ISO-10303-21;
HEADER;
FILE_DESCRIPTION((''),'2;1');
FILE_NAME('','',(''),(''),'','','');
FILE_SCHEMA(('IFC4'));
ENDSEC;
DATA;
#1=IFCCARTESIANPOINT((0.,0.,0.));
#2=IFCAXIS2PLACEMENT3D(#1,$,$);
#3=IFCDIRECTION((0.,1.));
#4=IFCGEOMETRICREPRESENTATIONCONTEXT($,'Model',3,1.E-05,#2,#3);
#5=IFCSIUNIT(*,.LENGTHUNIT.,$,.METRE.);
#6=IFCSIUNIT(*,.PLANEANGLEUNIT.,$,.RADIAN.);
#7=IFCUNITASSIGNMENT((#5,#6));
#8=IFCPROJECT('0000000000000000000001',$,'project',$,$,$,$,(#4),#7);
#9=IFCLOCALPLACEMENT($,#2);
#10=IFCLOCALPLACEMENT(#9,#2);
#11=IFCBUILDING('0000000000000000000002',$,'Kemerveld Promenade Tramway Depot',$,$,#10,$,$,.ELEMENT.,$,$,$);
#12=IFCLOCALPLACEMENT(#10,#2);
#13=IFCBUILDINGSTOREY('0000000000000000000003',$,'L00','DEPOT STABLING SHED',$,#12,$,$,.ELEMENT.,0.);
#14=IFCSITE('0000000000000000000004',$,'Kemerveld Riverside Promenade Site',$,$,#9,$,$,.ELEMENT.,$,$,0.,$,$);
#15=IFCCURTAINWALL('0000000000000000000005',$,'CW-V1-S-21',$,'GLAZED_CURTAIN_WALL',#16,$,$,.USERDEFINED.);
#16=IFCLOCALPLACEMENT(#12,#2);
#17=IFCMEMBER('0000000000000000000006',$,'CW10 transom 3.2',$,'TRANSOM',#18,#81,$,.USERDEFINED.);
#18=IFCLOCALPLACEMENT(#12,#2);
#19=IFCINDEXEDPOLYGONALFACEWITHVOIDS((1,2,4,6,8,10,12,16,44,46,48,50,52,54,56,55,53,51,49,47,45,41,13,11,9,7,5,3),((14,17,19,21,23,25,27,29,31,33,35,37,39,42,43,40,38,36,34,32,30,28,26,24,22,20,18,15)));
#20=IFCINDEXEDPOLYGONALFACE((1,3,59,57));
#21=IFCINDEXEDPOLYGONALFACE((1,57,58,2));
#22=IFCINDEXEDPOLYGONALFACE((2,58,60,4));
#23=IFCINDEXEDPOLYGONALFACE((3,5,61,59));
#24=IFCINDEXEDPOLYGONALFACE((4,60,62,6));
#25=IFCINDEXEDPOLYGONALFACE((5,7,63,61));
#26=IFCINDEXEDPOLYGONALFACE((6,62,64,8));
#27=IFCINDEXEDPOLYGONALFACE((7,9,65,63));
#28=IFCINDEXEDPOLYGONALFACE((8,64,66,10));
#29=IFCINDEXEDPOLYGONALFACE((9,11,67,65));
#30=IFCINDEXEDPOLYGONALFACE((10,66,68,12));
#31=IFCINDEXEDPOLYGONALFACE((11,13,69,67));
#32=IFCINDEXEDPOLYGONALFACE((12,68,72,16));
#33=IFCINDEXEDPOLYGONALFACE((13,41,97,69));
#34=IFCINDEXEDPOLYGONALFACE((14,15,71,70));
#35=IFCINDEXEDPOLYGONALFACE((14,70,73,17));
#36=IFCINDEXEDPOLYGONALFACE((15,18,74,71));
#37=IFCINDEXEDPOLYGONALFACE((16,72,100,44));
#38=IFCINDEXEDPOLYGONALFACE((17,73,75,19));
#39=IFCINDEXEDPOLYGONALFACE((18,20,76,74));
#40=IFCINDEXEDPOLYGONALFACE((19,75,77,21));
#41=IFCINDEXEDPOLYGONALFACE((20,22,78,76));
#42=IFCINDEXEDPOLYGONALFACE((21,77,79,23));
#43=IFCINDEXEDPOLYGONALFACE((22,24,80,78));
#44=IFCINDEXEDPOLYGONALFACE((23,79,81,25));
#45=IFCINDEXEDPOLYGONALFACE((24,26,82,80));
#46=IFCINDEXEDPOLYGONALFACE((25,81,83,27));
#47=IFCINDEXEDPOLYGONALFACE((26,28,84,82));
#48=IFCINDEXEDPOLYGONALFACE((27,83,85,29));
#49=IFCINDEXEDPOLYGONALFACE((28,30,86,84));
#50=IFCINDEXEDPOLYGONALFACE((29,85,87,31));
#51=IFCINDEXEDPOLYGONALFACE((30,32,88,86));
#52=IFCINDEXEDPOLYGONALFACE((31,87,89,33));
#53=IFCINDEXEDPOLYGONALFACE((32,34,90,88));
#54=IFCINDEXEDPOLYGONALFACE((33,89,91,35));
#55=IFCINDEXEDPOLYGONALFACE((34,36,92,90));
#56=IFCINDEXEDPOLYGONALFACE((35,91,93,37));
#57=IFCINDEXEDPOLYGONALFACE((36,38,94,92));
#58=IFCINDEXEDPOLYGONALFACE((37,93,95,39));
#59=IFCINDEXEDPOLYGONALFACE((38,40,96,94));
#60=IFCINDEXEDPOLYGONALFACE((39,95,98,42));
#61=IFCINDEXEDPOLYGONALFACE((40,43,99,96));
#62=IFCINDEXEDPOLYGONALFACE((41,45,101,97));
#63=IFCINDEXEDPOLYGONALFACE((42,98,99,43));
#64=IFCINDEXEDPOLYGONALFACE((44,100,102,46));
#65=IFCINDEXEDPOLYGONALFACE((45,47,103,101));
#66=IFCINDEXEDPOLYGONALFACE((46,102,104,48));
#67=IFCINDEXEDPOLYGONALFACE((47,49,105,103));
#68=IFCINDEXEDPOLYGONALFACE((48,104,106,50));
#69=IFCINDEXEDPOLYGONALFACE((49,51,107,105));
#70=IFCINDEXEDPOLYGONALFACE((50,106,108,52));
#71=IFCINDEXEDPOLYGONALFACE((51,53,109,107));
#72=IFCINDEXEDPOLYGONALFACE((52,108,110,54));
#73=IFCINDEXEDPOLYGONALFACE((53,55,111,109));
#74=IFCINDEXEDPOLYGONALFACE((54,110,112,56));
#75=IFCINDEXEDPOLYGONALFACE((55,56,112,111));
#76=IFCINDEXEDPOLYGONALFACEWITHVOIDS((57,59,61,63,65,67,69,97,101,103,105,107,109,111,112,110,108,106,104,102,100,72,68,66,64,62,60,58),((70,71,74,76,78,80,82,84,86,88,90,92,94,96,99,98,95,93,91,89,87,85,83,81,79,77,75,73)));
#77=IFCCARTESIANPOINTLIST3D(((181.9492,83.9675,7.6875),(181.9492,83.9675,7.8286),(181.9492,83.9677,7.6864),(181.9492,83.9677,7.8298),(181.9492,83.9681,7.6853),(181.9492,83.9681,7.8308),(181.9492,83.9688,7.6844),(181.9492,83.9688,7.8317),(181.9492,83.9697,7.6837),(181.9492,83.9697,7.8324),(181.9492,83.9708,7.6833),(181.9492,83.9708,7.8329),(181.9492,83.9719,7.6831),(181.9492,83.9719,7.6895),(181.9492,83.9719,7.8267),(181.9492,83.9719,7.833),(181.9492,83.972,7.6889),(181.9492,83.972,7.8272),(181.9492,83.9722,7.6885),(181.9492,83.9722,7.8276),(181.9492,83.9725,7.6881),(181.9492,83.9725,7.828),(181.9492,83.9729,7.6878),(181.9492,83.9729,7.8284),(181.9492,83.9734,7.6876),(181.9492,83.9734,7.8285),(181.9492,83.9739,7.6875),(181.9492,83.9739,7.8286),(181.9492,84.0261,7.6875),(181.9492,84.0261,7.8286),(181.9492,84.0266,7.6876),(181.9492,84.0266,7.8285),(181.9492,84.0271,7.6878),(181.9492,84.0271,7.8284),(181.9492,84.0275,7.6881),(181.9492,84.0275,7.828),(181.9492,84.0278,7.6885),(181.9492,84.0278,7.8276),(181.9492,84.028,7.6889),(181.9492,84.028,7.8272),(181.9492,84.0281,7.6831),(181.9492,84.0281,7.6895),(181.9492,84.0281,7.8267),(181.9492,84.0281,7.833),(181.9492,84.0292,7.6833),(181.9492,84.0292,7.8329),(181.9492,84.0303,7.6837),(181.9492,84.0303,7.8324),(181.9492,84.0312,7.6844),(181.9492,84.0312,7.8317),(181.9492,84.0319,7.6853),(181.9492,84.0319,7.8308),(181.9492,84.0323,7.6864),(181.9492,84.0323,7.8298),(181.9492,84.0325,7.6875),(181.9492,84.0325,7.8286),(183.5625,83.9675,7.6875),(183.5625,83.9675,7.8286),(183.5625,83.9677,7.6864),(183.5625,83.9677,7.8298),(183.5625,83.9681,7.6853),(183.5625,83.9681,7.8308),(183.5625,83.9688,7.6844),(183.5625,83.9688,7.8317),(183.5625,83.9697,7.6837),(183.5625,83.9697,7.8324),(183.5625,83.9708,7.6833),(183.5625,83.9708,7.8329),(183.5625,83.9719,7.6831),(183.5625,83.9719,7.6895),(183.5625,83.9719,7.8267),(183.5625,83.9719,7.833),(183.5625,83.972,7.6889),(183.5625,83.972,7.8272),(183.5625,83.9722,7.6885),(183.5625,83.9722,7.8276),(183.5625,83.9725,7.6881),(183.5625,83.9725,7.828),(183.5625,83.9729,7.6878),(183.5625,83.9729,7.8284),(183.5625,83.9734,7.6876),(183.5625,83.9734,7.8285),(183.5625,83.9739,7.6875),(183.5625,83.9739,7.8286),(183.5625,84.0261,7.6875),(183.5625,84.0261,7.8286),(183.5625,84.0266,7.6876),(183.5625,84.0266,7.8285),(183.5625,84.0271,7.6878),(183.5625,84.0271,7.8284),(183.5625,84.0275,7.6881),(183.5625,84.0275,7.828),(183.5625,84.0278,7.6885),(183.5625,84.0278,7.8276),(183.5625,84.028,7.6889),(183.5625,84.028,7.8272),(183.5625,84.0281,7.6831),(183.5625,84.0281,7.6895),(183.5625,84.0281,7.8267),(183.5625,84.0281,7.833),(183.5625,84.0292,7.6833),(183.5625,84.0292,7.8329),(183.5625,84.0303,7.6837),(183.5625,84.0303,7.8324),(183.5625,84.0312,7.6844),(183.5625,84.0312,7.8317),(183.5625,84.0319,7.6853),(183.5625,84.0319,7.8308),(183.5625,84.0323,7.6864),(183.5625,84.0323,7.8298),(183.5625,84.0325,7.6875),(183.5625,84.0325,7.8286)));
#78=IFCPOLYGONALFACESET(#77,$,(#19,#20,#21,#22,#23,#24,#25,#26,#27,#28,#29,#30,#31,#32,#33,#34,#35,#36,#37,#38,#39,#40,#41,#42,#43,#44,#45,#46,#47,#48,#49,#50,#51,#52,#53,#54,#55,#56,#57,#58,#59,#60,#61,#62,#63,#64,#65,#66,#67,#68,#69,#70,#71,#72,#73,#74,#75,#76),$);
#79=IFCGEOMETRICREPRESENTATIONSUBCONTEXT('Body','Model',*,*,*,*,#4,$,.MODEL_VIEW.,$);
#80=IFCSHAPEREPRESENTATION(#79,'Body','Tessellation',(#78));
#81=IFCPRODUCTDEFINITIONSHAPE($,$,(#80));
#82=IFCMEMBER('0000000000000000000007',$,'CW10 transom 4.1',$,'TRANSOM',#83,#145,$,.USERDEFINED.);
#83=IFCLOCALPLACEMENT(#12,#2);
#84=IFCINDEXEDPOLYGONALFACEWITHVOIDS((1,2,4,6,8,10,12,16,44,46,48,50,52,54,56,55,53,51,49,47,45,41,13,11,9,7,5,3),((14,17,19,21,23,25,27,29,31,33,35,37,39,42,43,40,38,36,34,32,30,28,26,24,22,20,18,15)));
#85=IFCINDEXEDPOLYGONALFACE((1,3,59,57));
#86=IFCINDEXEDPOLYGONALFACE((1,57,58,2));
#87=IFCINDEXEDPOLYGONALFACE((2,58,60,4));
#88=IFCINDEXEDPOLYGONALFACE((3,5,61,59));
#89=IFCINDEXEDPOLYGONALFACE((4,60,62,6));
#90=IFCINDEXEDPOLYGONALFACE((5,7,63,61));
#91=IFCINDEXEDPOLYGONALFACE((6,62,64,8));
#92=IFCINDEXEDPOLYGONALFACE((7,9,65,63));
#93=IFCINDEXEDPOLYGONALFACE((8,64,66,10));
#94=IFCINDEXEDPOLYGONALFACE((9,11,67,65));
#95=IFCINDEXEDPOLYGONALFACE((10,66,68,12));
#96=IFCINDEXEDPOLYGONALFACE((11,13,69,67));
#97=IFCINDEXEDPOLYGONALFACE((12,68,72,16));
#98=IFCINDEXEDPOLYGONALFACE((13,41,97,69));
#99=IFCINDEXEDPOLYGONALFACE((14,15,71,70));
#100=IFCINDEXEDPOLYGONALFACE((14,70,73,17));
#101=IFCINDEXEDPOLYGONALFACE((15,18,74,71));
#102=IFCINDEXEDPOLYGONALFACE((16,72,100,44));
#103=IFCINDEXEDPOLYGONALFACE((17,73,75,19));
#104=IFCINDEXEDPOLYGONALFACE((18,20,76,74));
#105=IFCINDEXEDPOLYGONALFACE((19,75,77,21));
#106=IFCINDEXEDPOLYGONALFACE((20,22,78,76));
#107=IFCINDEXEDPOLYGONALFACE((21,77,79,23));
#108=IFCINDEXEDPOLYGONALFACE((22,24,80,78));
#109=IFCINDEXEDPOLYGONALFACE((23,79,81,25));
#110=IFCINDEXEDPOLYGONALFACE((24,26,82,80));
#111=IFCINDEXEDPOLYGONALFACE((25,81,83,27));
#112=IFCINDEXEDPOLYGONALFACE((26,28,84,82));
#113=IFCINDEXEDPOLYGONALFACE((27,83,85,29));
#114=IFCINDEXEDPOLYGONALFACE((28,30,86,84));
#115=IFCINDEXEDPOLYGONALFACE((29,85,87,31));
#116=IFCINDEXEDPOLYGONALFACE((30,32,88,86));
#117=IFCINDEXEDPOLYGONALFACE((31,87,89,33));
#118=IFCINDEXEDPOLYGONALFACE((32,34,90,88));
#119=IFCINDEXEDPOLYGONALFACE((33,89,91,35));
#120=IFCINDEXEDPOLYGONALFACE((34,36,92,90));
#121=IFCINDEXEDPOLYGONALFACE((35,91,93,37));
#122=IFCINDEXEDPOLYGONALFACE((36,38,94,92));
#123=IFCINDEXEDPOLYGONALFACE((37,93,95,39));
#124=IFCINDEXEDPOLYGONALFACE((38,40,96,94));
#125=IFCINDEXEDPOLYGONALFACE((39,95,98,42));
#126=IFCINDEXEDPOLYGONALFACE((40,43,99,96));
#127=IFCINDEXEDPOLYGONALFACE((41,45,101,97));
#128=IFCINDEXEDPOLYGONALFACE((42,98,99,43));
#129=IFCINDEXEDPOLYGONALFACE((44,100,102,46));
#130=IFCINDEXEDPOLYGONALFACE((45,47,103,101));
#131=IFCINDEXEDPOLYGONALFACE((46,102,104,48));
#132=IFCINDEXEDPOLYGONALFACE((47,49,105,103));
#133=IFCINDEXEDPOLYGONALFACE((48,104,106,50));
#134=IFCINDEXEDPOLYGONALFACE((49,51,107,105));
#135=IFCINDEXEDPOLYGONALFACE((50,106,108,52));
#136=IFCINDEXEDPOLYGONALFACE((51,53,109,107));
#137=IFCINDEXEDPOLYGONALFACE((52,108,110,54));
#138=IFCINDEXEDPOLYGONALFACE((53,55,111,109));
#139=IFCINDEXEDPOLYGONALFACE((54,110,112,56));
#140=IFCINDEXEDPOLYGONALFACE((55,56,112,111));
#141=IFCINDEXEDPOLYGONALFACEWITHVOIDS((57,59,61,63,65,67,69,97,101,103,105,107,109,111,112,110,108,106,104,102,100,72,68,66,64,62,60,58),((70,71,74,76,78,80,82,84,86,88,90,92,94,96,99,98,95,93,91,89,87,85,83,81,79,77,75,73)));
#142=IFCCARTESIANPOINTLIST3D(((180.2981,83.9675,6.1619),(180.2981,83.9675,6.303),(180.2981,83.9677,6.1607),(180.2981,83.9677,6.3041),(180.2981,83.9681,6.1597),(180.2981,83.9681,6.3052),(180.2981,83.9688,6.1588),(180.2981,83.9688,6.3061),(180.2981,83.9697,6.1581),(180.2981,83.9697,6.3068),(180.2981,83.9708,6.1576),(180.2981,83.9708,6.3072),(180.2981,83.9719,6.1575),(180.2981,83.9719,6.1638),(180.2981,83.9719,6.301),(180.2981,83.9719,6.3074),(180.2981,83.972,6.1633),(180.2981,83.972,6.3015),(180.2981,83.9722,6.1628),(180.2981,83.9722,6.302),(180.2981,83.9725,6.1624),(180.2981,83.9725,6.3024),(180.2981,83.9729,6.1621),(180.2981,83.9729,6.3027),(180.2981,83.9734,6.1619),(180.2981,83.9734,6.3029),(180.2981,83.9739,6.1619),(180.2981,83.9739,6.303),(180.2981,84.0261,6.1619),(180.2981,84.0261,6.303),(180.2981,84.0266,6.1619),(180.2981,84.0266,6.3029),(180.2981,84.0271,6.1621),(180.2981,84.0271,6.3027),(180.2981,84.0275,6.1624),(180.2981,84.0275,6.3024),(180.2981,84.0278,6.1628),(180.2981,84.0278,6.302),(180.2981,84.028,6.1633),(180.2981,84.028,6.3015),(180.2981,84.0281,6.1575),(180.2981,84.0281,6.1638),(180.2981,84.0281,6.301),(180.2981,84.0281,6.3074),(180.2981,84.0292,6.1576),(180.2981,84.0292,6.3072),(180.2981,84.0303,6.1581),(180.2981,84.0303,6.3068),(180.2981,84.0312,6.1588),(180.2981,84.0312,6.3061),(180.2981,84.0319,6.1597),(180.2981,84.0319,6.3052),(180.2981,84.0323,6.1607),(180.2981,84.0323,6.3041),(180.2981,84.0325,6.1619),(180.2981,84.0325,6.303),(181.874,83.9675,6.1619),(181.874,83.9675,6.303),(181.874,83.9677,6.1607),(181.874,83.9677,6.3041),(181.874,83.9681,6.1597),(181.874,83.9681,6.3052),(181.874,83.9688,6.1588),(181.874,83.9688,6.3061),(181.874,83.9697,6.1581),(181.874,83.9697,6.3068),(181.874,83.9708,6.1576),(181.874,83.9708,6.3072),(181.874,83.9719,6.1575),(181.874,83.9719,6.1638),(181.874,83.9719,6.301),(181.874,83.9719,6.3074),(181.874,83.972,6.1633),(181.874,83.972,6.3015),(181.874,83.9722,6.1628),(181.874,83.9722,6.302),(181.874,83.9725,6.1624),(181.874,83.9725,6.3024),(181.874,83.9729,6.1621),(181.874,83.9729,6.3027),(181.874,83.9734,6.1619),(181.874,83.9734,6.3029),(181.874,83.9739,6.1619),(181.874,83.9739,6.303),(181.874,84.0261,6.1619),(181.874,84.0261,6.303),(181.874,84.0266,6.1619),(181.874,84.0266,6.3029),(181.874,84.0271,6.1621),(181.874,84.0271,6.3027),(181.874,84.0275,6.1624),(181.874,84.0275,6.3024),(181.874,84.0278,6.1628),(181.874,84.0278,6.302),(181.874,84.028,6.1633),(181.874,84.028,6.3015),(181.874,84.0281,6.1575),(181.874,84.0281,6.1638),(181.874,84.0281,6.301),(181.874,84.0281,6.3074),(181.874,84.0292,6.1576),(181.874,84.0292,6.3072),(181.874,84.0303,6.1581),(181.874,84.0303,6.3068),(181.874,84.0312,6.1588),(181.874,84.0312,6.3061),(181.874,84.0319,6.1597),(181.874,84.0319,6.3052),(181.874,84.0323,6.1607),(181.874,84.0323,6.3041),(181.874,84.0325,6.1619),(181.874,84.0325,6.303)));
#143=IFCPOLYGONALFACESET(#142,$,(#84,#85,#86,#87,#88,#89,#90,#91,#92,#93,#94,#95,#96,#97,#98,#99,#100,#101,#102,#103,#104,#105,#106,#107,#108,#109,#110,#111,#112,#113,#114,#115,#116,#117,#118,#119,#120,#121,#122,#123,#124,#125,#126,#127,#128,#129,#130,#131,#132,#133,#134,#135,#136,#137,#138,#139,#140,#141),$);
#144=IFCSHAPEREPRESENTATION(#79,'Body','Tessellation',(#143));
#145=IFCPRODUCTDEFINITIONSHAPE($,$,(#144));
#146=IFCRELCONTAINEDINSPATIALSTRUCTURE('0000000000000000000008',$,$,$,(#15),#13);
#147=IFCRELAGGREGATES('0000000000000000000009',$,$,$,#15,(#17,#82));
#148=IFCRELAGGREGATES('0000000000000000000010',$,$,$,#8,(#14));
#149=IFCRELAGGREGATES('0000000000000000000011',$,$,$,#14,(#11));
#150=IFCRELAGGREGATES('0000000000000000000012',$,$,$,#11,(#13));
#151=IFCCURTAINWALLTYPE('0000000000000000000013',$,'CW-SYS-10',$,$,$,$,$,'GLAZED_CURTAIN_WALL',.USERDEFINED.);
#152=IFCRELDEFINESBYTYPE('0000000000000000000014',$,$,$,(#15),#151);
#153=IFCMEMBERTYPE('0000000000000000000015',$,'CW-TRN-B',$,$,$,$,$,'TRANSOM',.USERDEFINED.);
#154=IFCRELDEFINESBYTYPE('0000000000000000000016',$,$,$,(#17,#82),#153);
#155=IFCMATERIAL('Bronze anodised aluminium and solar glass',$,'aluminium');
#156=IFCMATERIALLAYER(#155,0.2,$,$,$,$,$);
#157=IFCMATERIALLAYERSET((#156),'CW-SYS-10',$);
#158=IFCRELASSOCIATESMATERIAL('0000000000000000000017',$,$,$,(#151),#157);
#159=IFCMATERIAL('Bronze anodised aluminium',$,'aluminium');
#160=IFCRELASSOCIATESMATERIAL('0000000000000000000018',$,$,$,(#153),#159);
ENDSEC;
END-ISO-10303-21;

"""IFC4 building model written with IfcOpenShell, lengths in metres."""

from ifc_helpers import new_model, si_unit, direction, frame, origin, origin_2d, place, context, subcontext, project, spatial, hollow_rectangle, extrude, material, layer, layer_set, material_profile, profile_set, type_object, element, aggregate, save


model = new_model("IFC4")

# Units and contexts
model_context = context("Model", 3, precision=1e-05, world=origin(), true_north=direction((0.0, 1.0)))
body_context = subcontext(model_context, "Body", "Model", "MODEL_VIEW")
ifc_project = project(units=[si_unit("LENGTHUNIT", "METRE"), si_unit("PLANEANGLEUNIT", "RADIAN")], contexts=[model_context])

# Site, building, storey
site_placement = place(None, origin())
site = spatial("IfcSite", under=ifc_project, at=site_placement, Name="Kemerveld Riverside Promenade Site", CompositionType="ELEMENT", RefElevation=0.0)
building_placement = place(site_placement, origin())
building = spatial("IfcBuilding", under=site, at=building_placement, Name="Kemerveld Promenade Tramway Depot", CompositionType="ELEMENT")
storey_placement = place(building_placement, origin())
storey = spatial("IfcBuildingStorey", under=building, at=storey_placement, Name="L00", Description="DEPOT STABLING SHED", CompositionType="ELEMENT", Elevation=0.0)

# Shared definitions
ifc_material_1 = material(Name="Bronze anodised aluminium and solar glass", Category="aluminium")
ifc_material_2 = material(Name="Bronze anodised aluminium", Category="aluminium")

# Curtain wall, members
ifc_layer_1 = layer(ifc_material_1, 0.2)
ifc_layer_set_1 = layer_set([ifc_layer_1], Name="CW-SYS-10")
curtain_wall_type_1 = type_object("IfcCurtainWallType", Name="CW-SYS-10", ElementType="GLAZED_CURTAIN_WALL", PredefinedType="USERDEFINED", material=ifc_layer_set_1)
curtain_wall_1_placement = place(storey_placement, origin())
curtain_wall_1 = element("IfcCurtainWall", 1, at=curtain_wall_1_placement, inside=storey, type_object=curtain_wall_type_1, Name="CW-V1-S-21", ObjectType="GLAZED_CURTAIN_WALL", PredefinedType="USERDEFINED")
ifc_material_profile_1 = material_profile(ifc_material_2, hollow_rectangle(XDim=0.0649, YDim=0.1499, WallThickness=0.0044, InnerFilletRadius=0.002, OuterFilletRadius=0.0044, at=origin_2d()), Name="CW-TRN-150x65")
ifc_profile_set_1 = profile_set([ifc_material_profile_1], Name="Bronze anodised aluminium")
member_type_1 = type_object("IfcMemberType", Name="CW-TRN-B", ElementType="TRANSOM", PredefinedType="USERDEFINED", material=ifc_profile_set_1)
member_1_placement = place(storey_placement, frame((183.5625, 84.0, 7.7581), z_axis=(-1.0, 0.0, 0.0), x_axis=(0.0, -1.0, 0.0)))
member_1 = element("IfcMember", 2, at=member_1_placement, type_object=member_type_1, Name="CW10 transom 3.2", ObjectType="TRANSOM", PredefinedType="USERDEFINED", context=body_context, shape_type="SweptSolid", body=[
    extrude(hollow_rectangle(XDim=0.0649, YDim=0.1499, WallThickness=0.0044, InnerFilletRadius=0.002, OuterFilletRadius=0.0044, at=origin_2d()), origin(), (0.0, 0.0, 1.0), 1.6133),
])
member_2_placement = place(storey_placement, frame((181.874, 84.0, 6.2324), z_axis=(-1.0, 0.0, 0.0), x_axis=(0.0, -1.0, 0.0)))
member_2 = element("IfcMember", 3, at=member_2_placement, type_object=member_type_1, Name="CW10 transom 4.1", ObjectType="TRANSOM", PredefinedType="USERDEFINED", context=body_context, shape_type="SweptSolid", body=[
    extrude(hollow_rectangle(XDim=0.0649, YDim=0.1499, WallThickness=0.0044, InnerFilletRadius=0.002, OuterFilletRadius=0.0044, at=origin_2d()), origin(), (0.0, 0.0, 1.0), 1.5759),
])

aggregate(curtain_wall_1, [member_1, member_2])

save(model, "model.ifc")
